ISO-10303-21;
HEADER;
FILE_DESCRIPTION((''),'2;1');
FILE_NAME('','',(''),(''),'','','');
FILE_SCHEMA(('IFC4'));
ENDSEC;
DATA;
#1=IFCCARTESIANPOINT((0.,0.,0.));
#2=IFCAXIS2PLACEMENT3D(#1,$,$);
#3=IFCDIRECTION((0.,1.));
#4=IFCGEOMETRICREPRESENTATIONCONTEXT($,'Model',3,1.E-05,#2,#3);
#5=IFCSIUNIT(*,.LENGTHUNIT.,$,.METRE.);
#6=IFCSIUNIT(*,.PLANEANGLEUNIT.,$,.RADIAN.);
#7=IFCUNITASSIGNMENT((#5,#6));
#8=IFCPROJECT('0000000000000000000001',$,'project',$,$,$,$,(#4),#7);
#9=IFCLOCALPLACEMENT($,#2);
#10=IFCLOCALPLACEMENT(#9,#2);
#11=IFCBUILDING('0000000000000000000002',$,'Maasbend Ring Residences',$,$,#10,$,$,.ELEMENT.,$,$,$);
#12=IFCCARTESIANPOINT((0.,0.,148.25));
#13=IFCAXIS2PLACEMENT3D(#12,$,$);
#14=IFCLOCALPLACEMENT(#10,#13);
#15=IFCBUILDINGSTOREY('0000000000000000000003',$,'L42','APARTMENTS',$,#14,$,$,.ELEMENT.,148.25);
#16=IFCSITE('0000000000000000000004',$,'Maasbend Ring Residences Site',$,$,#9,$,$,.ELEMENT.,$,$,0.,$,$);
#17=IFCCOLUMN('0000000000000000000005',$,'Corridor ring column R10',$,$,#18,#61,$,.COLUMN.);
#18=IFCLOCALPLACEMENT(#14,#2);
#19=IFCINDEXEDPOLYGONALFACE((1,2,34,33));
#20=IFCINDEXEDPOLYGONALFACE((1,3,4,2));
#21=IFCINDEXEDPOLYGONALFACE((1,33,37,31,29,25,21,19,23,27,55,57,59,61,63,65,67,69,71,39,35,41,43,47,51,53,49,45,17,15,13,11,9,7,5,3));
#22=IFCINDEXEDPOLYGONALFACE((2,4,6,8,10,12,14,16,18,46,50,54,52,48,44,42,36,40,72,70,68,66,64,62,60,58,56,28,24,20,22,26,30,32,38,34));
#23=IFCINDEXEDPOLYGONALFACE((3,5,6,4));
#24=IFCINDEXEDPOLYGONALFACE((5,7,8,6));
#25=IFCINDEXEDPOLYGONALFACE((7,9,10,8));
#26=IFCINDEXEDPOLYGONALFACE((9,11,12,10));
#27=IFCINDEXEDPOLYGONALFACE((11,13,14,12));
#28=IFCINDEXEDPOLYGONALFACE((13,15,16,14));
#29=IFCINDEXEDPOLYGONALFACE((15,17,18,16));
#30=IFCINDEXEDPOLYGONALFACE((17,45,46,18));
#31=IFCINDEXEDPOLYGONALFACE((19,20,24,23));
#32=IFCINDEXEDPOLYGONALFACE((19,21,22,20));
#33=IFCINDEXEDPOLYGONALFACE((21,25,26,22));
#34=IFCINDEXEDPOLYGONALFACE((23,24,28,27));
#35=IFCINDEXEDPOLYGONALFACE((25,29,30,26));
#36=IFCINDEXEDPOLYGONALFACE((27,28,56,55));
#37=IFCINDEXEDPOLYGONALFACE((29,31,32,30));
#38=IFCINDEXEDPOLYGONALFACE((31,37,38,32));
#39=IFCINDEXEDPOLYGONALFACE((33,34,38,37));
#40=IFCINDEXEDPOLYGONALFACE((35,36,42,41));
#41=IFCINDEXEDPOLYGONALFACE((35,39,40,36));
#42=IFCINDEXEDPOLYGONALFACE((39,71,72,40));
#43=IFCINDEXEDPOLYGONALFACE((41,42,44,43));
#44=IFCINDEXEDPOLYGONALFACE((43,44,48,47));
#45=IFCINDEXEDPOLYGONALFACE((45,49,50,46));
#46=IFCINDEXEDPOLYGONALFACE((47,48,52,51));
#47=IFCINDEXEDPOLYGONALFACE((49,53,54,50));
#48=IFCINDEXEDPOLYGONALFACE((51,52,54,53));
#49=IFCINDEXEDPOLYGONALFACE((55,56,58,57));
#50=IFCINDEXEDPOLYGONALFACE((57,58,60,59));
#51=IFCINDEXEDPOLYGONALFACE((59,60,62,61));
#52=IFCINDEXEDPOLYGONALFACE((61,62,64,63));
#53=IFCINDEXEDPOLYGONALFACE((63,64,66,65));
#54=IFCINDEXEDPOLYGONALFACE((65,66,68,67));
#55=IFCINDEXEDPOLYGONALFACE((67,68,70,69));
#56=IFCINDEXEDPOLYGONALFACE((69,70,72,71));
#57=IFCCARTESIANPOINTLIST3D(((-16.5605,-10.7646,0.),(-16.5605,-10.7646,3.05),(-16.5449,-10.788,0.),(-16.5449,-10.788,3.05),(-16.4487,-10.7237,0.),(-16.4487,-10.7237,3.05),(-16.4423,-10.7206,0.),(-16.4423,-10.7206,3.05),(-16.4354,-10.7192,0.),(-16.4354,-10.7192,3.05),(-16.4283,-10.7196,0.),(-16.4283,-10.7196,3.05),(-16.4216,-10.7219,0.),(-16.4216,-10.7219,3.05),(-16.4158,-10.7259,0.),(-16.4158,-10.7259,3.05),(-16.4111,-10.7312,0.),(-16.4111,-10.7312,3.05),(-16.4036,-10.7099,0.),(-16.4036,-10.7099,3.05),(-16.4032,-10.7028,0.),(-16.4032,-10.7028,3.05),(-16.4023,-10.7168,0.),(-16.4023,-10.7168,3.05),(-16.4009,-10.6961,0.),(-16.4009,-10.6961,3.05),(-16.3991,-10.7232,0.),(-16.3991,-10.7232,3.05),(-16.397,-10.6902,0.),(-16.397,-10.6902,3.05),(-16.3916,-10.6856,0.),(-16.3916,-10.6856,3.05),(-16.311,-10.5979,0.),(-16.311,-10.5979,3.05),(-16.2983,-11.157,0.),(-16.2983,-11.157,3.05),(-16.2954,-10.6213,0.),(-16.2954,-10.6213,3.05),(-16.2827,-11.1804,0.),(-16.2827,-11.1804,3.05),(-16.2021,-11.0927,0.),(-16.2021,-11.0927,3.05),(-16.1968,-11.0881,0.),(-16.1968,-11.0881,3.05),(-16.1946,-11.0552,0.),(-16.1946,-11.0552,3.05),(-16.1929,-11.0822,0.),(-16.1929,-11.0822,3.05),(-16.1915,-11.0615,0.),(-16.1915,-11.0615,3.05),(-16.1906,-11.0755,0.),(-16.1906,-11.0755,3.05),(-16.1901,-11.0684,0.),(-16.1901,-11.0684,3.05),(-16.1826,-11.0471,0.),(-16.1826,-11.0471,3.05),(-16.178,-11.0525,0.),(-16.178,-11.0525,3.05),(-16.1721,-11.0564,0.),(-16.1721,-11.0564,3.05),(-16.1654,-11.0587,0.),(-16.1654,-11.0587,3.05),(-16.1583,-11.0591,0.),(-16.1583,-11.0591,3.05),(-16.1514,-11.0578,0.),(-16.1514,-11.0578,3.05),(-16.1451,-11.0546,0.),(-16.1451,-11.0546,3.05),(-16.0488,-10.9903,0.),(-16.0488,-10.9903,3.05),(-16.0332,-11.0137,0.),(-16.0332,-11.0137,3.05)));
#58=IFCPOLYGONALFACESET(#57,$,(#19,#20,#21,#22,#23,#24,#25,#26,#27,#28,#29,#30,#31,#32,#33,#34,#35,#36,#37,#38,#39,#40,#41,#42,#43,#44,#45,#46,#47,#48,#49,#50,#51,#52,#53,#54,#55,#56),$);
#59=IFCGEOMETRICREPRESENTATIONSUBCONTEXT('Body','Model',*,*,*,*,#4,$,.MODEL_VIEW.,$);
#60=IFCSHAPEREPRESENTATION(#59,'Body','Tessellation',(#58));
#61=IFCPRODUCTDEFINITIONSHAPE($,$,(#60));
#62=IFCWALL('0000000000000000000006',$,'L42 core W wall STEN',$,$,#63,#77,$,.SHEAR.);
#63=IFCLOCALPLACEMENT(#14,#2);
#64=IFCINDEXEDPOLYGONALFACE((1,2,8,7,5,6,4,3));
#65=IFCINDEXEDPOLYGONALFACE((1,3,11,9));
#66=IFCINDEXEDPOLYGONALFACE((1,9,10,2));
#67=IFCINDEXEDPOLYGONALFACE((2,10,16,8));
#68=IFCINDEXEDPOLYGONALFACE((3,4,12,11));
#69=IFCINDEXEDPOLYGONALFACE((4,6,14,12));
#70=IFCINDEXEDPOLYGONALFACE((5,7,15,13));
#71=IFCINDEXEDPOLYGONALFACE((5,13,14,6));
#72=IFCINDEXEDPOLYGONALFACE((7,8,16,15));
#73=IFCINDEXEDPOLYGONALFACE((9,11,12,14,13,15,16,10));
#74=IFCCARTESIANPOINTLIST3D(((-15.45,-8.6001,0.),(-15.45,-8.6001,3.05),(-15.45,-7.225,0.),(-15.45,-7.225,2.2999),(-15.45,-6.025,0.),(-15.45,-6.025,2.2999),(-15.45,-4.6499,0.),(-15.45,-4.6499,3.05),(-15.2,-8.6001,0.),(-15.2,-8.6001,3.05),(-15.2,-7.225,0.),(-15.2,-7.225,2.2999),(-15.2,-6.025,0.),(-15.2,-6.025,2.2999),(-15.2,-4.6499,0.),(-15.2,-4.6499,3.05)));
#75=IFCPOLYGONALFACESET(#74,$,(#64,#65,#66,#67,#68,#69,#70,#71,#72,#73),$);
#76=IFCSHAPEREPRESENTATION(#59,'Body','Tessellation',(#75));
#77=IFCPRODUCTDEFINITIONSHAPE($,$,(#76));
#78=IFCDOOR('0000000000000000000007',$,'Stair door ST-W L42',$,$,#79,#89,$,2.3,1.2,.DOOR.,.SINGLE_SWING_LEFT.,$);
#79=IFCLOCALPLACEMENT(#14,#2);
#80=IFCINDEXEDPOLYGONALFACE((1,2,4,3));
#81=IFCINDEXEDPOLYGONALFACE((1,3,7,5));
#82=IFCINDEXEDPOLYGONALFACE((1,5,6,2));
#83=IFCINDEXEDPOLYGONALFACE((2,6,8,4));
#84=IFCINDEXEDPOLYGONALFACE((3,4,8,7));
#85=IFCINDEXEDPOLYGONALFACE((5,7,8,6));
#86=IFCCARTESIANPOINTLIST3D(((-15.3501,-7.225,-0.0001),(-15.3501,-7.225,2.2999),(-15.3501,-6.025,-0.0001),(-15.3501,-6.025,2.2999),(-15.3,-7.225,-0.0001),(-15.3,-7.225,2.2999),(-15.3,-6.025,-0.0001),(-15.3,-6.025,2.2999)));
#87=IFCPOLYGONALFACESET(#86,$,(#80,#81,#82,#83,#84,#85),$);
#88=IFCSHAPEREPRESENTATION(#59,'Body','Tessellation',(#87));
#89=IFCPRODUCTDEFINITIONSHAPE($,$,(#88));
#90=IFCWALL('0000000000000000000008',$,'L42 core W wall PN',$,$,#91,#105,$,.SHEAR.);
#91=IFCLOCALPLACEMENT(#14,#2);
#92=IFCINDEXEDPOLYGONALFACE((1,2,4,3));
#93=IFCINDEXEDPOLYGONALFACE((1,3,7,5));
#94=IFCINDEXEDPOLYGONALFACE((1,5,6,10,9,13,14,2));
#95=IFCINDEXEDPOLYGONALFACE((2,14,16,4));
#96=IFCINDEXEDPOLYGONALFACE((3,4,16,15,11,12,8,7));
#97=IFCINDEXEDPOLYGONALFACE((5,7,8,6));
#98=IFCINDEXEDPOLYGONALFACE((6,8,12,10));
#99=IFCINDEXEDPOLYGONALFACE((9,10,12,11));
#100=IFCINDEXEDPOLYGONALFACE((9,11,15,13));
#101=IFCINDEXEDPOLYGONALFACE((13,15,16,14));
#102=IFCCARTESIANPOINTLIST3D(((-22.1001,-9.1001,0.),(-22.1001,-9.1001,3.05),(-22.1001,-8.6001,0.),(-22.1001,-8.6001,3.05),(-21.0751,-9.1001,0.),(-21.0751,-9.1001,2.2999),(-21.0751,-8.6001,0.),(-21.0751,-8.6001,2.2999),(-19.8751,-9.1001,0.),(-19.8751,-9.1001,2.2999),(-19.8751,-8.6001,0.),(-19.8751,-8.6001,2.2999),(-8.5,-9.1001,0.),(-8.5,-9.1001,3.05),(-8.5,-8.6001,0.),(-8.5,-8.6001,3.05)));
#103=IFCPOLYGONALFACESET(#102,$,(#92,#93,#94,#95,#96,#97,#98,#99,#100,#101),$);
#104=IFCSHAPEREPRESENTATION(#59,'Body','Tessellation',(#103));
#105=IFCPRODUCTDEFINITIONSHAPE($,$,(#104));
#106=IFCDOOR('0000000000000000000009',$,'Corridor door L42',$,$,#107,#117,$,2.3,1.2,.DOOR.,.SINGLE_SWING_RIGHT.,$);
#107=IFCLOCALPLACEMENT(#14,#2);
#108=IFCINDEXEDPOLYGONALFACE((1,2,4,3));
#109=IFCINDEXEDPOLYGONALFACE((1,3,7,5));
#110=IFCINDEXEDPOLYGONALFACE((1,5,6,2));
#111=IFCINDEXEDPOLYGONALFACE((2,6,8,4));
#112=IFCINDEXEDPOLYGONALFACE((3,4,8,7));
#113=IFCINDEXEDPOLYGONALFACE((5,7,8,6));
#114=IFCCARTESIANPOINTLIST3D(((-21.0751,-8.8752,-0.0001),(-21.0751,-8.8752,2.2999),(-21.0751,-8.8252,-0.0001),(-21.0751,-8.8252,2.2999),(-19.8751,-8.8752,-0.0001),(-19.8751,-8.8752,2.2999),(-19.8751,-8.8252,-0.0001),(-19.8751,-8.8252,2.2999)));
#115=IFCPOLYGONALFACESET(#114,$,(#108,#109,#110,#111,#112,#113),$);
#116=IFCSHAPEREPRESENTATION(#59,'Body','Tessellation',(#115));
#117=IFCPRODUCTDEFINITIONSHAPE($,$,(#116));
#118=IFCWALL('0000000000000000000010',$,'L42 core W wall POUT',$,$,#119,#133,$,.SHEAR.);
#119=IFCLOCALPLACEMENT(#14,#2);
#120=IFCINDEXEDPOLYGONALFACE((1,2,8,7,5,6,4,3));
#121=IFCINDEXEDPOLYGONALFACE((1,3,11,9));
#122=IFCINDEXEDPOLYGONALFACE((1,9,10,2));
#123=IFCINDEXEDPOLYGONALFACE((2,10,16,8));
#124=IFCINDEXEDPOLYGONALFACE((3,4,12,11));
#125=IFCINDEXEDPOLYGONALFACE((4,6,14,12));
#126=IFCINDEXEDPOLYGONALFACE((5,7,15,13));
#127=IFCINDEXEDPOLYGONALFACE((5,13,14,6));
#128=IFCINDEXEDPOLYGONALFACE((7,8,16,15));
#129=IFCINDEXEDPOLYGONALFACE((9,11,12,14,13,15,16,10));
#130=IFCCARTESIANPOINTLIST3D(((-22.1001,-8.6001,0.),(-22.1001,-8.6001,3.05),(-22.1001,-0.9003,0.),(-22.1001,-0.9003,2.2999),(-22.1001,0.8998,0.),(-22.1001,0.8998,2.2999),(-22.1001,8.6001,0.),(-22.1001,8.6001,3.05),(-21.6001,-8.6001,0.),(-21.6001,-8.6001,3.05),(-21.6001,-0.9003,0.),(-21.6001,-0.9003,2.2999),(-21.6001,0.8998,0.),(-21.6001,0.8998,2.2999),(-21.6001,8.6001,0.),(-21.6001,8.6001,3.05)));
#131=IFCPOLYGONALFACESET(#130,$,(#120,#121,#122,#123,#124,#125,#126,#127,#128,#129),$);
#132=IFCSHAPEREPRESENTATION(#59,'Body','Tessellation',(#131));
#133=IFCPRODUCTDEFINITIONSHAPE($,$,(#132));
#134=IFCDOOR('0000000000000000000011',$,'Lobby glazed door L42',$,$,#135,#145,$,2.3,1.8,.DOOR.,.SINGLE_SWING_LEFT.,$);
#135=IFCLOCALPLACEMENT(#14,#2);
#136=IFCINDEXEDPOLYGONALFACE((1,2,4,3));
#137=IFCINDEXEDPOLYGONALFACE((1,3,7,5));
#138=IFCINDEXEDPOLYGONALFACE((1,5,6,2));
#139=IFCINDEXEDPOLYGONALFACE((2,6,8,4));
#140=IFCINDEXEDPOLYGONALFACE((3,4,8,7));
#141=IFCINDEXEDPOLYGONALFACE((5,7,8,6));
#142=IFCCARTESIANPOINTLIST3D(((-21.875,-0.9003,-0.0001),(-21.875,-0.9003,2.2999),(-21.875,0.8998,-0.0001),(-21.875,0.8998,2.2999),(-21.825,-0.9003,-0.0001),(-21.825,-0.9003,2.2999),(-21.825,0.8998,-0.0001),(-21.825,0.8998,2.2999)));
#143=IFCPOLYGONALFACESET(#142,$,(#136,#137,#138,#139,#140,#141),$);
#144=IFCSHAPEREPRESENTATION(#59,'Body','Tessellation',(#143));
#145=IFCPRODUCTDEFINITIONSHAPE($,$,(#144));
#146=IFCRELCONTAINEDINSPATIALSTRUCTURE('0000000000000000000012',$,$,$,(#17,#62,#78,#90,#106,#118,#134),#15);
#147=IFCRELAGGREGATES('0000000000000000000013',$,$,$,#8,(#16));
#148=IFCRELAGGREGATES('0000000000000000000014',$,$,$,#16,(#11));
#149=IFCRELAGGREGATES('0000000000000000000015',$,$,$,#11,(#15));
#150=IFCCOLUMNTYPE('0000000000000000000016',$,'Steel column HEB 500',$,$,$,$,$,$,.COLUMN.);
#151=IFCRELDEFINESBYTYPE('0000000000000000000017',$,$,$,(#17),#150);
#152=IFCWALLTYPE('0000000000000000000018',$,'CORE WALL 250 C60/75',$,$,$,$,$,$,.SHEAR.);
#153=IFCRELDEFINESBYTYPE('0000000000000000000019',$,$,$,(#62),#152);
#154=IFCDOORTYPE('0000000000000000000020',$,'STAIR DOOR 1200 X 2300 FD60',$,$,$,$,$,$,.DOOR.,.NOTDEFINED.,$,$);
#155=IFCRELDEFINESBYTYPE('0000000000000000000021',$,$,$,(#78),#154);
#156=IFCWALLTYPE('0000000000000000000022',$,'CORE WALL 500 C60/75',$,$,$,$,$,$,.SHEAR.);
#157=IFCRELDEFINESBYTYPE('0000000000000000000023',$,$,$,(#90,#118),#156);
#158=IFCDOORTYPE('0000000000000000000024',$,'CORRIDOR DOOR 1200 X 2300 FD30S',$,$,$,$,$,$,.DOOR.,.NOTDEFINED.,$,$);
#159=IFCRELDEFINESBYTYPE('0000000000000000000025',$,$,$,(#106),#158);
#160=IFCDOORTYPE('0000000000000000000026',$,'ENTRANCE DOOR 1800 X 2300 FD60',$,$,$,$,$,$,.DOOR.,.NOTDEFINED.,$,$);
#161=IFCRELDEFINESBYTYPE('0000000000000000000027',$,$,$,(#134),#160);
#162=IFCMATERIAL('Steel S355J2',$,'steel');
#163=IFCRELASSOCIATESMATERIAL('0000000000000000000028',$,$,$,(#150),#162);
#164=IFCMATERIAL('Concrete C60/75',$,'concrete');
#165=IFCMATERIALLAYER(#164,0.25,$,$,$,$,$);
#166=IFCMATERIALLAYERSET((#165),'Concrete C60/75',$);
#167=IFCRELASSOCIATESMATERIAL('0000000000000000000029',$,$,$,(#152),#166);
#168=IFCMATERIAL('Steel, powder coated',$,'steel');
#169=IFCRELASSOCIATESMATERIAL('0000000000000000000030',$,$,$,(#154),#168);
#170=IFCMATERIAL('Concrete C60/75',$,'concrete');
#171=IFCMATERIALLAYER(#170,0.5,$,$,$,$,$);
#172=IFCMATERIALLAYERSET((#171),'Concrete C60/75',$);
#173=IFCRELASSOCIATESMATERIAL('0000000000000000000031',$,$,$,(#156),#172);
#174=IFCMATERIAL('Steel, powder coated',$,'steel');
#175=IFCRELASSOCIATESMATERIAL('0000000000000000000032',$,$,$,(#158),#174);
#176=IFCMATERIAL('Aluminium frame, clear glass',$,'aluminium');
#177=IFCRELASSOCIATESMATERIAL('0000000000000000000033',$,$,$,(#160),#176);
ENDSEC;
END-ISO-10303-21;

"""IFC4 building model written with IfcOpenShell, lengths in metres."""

from ifc_helpers import new_model, si_unit, direction, frame, frame_2d, origin, origin_2d, place, context, subcontext, project, spatial, rectangle, i_section, extrude, material, layer, layer_set, material_profile, profile_set, type_object, element, fill, save


model = new_model("IFC4")

# Units and contexts
model_context = context("Model", 3, precision=1e-05, world=origin(), true_north=direction((0.0, 1.0)))
body_context = subcontext(model_context, "Body", "Model", "MODEL_VIEW")
ifc_project = project(units=[si_unit("LENGTHUNIT", "METRE"), si_unit("PLANEANGLEUNIT", "RADIAN")], contexts=[model_context])

# Site, building, storey
site_placement = place(None, origin())
site = spatial("IfcSite", under=ifc_project, at=site_placement, Name="Maasbend Ring Residences Site", CompositionType="ELEMENT", RefElevation=0.0)
building_placement = place(site_placement, origin())
building = spatial("IfcBuilding", under=site, at=building_placement, Name="Maasbend Ring Residences", CompositionType="ELEMENT")
storey_placement = place(building_placement, frame((0.0, 0.0, 148.25)))
storey = spatial("IfcBuildingStorey", under=building, at=storey_placement, Name="L42", Description="APARTMENTS", CompositionType="ELEMENT", Elevation=148.25)

# Column
ifc_material_1 = material(Name="Steel S355J2", Category="steel")
ifc_material_profile = material_profile(ifc_material_1, i_section(OverallWidth=0.3, OverallDepth=0.5, WebThickness=0.0144, FlangeThickness=0.0281, FilletRadius=0.0271, at=origin_2d()), Name="HEB 500")
ifc_profile_set = profile_set([ifc_material_profile], Name="Steel S355J2")
column_type = type_object("IfcColumnType", Name="Steel column HEB 500", PredefinedType="COLUMN", material=ifc_profile_set)
column_placement = place(storey_placement, frame((-16.2969, -10.8892, 0.0), z_axis=(0.0, 0.0, 1.0), x_axis=(-0.83147, -0.55557, 0.0)))
element("IfcColumn", 1, at=column_placement, inside=storey, type_object=column_type, Name="Corridor ring column R10", PredefinedType="COLUMN", context=body_context, shape_type="SweptSolid", body=[
    extrude(i_section(OverallWidth=0.3, OverallDepth=0.5, WebThickness=0.0144, FlangeThickness=0.0281, FilletRadius=0.0271, at=origin_2d()), origin(), (0.0, 0.0, 1.0), 3.05),
])

# Walls, openings, doors
ifc_material_2 = material(Name="Concrete C60/75", Category="concrete")
ifc_layer_1 = layer(ifc_material_2, 0.25)
ifc_layer_set_1 = layer_set([ifc_layer_1], Name="Concrete C60/75")
wall_type_1 = type_object("IfcWallType", Name="CORE WALL 250 C60/75", PredefinedType="SHEAR", material=ifc_layer_set_1)
wall_1_placement = place(storey_placement, frame((-15.325, -4.6499, 0.0), z_axis=(0.0, 0.0, 1.0), x_axis=(0.0, -1.0, 0.0)))
wall_1 = element("IfcWall", 2, at=wall_1_placement, inside=storey, type_object=wall_type_1, Name="L42 core W wall STEN", PredefinedType="SHEAR", context=body_context, shape_type="SweptSolid", body=[
    extrude(rectangle(XDim=3.9502, YDim=0.25, at=frame_2d((1.9751, 0.0))), origin(), (0.0, 0.0, 1.0), 3.05),
])
opening_1_placement = place(wall_1_placement, frame((1.375, 0.0, 0.0)))
opening_1 = element("IfcOpeningElement", 3, at=opening_1_placement, cuts=wall_1, PredefinedType="OPENING", context=body_context, shape_type="SweptSolid", body=[
    extrude(rectangle(XDim=1.2, YDim=2.3, at=frame_2d((0.6001, 1.1499))), frame((0.0, 0.135, 0.0), z_axis=(0.0, -1.0, 0.0), x_axis=(1.0, 0.0, 0.0)), (0.0, 0.0, 1.0), 0.27),
])
ifc_material_3 = material(Name="Steel, powder coated", Category="steel")
door_type_1 = type_object("IfcDoorType", Name="STAIR DOOR 1200 X 2300 FD60", OperationType="NOTDEFINED", PredefinedType="DOOR", material=ifc_material_3)
door_1_placement = place(opening_1_placement, origin())
door_1 = element("IfcDoor", 4, at=door_1_placement, inside=storey, type_object=door_type_1, Name="Stair door ST-W L42", OperationType="SINGLE_SWING_LEFT", OverallHeight=2.3, OverallWidth=1.2, PredefinedType="DOOR", context=body_context, shape_type="SweptSolid", body=[
    extrude(rectangle(XDim=1.2, YDim=2.3, at=frame_2d((0.6001, 1.1499))), frame((0.0, 0.0249, 0.0), z_axis=(0.0, -1.0, 0.0), x_axis=(1.0, 0.0, 0.0)), (0.0, 0.0, 1.0), 0.05),
])
fill(opening_1, door_1)
ifc_material_4 = material(Name="Concrete C60/75", Category="concrete")
ifc_layer_2 = layer(ifc_material_4, 0.5)
ifc_layer_set_2 = layer_set([ifc_layer_2], Name="Concrete C60/75")
wall_type_2 = type_object("IfcWallType", Name="CORE WALL 500 C60/75", PredefinedType="SHEAR", material=ifc_layer_set_2)
wall_2_placement = place(storey_placement, frame((-22.1001, -8.8501, 0.0), z_axis=(0.0, 0.0, 1.0), x_axis=(1.0, 0.0, 0.0)))
wall_2 = element("IfcWall", 5, at=wall_2_placement, inside=storey, type_object=wall_type_2, Name="L42 core W wall PN", PredefinedType="SHEAR", context=body_context, shape_type="SweptSolid", body=[
    extrude(rectangle(XDim=13.6001, YDim=0.5, at=frame_2d((6.8, 0.0))), origin(), (0.0, 0.0, 1.0), 3.05),
])
opening_2_placement = place(wall_2_placement, frame((1.0249, 0.0, 0.0)))
opening_2 = element("IfcOpeningElement", 6, at=opening_2_placement, cuts=wall_2, PredefinedType="OPENING", context=body_context, shape_type="SweptSolid", body=[
    extrude(rectangle(XDim=1.2, YDim=2.3, at=frame_2d((0.6001, 1.1499))), frame((0.0, 0.26, 0.0), z_axis=(0.0, -1.0, 0.0), x_axis=(1.0, 0.0, 0.0)), (0.0, 0.0, 1.0), 0.52),
])
ifc_material_5 = material(Name="Steel, powder coated", Category="steel")
door_type_2 = type_object("IfcDoorType", Name="CORRIDOR DOOR 1200 X 2300 FD30S", OperationType="NOTDEFINED", PredefinedType="DOOR", material=ifc_material_5)
door_2_placement = place(opening_2_placement, origin())
door_2 = element("IfcDoor", 7, at=door_2_placement, inside=storey, type_object=door_type_2, Name="Corridor door L42", OperationType="SINGLE_SWING_RIGHT", OverallHeight=2.3, OverallWidth=1.2, PredefinedType="DOOR", context=body_context, shape_type="SweptSolid", body=[
    extrude(rectangle(XDim=1.2, YDim=2.3, at=frame_2d((0.6001, 1.1499))), frame((0.0, 0.0249, 0.0), z_axis=(0.0, -1.0, 0.0), x_axis=(1.0, 0.0, 0.0)), (0.0, 0.0, 1.0), 0.05),
])
fill(opening_2, door_2)
wall_3_placement = place(storey_placement, frame((-21.8501, -8.6001, 0.0), z_axis=(0.0, 0.0, 1.0), x_axis=(0.0, 1.0, 0.0)))
wall_3 = element("IfcWall", 8, at=wall_3_placement, inside=storey, type_object=wall_type_2, Name="L42 core W wall POUT", PredefinedType="SHEAR", context=body_context, shape_type="SweptSolid", body=[
    extrude(rectangle(XDim=17.2002, YDim=0.5, at=frame_2d((8.6001, 0.0))), origin(), (0.0, 0.0, 1.0), 3.05),
])
opening_3_placement = place(wall_3_placement, frame((7.7, 0.0, 0.0)))
opening_3 = element("IfcOpeningElement", 9, at=opening_3_placement, cuts=wall_3, PredefinedType="OPENING", context=body_context, shape_type="SweptSolid", body=[
    extrude(rectangle(XDim=1.8, YDim=2.3, at=frame_2d((0.8999, 1.1499))), frame((0.0, 0.26, 0.0), z_axis=(0.0, -1.0, 0.0), x_axis=(1.0, 0.0, 0.0)), (0.0, 0.0, 1.0), 0.52),
])
ifc_material_6 = material(Name="Aluminium frame, clear glass", Category="aluminium")
door_type_3 = type_object("IfcDoorType", Name="ENTRANCE DOOR 1800 X 2300 FD60", OperationType="NOTDEFINED", PredefinedType="DOOR", material=ifc_material_6)
door_3_placement = place(opening_3_placement, origin())
door_3 = element("IfcDoor", 10, at=door_3_placement, inside=storey, type_object=door_type_3, Name="Lobby glazed door L42", OperationType="SINGLE_SWING_LEFT", OverallHeight=2.3, OverallWidth=1.8, PredefinedType="DOOR", context=body_context, shape_type="SweptSolid", body=[
    extrude(rectangle(XDim=1.8, YDim=2.3, at=frame_2d((0.8999, 1.1499))), frame((0.0, 0.0249, 0.0), z_axis=(0.0, -1.0, 0.0), x_axis=(1.0, 0.0, 0.0)), (0.0, 0.0, 1.0), 0.05),
])
fill(opening_3, door_3)

save(model, "model.ifc")
